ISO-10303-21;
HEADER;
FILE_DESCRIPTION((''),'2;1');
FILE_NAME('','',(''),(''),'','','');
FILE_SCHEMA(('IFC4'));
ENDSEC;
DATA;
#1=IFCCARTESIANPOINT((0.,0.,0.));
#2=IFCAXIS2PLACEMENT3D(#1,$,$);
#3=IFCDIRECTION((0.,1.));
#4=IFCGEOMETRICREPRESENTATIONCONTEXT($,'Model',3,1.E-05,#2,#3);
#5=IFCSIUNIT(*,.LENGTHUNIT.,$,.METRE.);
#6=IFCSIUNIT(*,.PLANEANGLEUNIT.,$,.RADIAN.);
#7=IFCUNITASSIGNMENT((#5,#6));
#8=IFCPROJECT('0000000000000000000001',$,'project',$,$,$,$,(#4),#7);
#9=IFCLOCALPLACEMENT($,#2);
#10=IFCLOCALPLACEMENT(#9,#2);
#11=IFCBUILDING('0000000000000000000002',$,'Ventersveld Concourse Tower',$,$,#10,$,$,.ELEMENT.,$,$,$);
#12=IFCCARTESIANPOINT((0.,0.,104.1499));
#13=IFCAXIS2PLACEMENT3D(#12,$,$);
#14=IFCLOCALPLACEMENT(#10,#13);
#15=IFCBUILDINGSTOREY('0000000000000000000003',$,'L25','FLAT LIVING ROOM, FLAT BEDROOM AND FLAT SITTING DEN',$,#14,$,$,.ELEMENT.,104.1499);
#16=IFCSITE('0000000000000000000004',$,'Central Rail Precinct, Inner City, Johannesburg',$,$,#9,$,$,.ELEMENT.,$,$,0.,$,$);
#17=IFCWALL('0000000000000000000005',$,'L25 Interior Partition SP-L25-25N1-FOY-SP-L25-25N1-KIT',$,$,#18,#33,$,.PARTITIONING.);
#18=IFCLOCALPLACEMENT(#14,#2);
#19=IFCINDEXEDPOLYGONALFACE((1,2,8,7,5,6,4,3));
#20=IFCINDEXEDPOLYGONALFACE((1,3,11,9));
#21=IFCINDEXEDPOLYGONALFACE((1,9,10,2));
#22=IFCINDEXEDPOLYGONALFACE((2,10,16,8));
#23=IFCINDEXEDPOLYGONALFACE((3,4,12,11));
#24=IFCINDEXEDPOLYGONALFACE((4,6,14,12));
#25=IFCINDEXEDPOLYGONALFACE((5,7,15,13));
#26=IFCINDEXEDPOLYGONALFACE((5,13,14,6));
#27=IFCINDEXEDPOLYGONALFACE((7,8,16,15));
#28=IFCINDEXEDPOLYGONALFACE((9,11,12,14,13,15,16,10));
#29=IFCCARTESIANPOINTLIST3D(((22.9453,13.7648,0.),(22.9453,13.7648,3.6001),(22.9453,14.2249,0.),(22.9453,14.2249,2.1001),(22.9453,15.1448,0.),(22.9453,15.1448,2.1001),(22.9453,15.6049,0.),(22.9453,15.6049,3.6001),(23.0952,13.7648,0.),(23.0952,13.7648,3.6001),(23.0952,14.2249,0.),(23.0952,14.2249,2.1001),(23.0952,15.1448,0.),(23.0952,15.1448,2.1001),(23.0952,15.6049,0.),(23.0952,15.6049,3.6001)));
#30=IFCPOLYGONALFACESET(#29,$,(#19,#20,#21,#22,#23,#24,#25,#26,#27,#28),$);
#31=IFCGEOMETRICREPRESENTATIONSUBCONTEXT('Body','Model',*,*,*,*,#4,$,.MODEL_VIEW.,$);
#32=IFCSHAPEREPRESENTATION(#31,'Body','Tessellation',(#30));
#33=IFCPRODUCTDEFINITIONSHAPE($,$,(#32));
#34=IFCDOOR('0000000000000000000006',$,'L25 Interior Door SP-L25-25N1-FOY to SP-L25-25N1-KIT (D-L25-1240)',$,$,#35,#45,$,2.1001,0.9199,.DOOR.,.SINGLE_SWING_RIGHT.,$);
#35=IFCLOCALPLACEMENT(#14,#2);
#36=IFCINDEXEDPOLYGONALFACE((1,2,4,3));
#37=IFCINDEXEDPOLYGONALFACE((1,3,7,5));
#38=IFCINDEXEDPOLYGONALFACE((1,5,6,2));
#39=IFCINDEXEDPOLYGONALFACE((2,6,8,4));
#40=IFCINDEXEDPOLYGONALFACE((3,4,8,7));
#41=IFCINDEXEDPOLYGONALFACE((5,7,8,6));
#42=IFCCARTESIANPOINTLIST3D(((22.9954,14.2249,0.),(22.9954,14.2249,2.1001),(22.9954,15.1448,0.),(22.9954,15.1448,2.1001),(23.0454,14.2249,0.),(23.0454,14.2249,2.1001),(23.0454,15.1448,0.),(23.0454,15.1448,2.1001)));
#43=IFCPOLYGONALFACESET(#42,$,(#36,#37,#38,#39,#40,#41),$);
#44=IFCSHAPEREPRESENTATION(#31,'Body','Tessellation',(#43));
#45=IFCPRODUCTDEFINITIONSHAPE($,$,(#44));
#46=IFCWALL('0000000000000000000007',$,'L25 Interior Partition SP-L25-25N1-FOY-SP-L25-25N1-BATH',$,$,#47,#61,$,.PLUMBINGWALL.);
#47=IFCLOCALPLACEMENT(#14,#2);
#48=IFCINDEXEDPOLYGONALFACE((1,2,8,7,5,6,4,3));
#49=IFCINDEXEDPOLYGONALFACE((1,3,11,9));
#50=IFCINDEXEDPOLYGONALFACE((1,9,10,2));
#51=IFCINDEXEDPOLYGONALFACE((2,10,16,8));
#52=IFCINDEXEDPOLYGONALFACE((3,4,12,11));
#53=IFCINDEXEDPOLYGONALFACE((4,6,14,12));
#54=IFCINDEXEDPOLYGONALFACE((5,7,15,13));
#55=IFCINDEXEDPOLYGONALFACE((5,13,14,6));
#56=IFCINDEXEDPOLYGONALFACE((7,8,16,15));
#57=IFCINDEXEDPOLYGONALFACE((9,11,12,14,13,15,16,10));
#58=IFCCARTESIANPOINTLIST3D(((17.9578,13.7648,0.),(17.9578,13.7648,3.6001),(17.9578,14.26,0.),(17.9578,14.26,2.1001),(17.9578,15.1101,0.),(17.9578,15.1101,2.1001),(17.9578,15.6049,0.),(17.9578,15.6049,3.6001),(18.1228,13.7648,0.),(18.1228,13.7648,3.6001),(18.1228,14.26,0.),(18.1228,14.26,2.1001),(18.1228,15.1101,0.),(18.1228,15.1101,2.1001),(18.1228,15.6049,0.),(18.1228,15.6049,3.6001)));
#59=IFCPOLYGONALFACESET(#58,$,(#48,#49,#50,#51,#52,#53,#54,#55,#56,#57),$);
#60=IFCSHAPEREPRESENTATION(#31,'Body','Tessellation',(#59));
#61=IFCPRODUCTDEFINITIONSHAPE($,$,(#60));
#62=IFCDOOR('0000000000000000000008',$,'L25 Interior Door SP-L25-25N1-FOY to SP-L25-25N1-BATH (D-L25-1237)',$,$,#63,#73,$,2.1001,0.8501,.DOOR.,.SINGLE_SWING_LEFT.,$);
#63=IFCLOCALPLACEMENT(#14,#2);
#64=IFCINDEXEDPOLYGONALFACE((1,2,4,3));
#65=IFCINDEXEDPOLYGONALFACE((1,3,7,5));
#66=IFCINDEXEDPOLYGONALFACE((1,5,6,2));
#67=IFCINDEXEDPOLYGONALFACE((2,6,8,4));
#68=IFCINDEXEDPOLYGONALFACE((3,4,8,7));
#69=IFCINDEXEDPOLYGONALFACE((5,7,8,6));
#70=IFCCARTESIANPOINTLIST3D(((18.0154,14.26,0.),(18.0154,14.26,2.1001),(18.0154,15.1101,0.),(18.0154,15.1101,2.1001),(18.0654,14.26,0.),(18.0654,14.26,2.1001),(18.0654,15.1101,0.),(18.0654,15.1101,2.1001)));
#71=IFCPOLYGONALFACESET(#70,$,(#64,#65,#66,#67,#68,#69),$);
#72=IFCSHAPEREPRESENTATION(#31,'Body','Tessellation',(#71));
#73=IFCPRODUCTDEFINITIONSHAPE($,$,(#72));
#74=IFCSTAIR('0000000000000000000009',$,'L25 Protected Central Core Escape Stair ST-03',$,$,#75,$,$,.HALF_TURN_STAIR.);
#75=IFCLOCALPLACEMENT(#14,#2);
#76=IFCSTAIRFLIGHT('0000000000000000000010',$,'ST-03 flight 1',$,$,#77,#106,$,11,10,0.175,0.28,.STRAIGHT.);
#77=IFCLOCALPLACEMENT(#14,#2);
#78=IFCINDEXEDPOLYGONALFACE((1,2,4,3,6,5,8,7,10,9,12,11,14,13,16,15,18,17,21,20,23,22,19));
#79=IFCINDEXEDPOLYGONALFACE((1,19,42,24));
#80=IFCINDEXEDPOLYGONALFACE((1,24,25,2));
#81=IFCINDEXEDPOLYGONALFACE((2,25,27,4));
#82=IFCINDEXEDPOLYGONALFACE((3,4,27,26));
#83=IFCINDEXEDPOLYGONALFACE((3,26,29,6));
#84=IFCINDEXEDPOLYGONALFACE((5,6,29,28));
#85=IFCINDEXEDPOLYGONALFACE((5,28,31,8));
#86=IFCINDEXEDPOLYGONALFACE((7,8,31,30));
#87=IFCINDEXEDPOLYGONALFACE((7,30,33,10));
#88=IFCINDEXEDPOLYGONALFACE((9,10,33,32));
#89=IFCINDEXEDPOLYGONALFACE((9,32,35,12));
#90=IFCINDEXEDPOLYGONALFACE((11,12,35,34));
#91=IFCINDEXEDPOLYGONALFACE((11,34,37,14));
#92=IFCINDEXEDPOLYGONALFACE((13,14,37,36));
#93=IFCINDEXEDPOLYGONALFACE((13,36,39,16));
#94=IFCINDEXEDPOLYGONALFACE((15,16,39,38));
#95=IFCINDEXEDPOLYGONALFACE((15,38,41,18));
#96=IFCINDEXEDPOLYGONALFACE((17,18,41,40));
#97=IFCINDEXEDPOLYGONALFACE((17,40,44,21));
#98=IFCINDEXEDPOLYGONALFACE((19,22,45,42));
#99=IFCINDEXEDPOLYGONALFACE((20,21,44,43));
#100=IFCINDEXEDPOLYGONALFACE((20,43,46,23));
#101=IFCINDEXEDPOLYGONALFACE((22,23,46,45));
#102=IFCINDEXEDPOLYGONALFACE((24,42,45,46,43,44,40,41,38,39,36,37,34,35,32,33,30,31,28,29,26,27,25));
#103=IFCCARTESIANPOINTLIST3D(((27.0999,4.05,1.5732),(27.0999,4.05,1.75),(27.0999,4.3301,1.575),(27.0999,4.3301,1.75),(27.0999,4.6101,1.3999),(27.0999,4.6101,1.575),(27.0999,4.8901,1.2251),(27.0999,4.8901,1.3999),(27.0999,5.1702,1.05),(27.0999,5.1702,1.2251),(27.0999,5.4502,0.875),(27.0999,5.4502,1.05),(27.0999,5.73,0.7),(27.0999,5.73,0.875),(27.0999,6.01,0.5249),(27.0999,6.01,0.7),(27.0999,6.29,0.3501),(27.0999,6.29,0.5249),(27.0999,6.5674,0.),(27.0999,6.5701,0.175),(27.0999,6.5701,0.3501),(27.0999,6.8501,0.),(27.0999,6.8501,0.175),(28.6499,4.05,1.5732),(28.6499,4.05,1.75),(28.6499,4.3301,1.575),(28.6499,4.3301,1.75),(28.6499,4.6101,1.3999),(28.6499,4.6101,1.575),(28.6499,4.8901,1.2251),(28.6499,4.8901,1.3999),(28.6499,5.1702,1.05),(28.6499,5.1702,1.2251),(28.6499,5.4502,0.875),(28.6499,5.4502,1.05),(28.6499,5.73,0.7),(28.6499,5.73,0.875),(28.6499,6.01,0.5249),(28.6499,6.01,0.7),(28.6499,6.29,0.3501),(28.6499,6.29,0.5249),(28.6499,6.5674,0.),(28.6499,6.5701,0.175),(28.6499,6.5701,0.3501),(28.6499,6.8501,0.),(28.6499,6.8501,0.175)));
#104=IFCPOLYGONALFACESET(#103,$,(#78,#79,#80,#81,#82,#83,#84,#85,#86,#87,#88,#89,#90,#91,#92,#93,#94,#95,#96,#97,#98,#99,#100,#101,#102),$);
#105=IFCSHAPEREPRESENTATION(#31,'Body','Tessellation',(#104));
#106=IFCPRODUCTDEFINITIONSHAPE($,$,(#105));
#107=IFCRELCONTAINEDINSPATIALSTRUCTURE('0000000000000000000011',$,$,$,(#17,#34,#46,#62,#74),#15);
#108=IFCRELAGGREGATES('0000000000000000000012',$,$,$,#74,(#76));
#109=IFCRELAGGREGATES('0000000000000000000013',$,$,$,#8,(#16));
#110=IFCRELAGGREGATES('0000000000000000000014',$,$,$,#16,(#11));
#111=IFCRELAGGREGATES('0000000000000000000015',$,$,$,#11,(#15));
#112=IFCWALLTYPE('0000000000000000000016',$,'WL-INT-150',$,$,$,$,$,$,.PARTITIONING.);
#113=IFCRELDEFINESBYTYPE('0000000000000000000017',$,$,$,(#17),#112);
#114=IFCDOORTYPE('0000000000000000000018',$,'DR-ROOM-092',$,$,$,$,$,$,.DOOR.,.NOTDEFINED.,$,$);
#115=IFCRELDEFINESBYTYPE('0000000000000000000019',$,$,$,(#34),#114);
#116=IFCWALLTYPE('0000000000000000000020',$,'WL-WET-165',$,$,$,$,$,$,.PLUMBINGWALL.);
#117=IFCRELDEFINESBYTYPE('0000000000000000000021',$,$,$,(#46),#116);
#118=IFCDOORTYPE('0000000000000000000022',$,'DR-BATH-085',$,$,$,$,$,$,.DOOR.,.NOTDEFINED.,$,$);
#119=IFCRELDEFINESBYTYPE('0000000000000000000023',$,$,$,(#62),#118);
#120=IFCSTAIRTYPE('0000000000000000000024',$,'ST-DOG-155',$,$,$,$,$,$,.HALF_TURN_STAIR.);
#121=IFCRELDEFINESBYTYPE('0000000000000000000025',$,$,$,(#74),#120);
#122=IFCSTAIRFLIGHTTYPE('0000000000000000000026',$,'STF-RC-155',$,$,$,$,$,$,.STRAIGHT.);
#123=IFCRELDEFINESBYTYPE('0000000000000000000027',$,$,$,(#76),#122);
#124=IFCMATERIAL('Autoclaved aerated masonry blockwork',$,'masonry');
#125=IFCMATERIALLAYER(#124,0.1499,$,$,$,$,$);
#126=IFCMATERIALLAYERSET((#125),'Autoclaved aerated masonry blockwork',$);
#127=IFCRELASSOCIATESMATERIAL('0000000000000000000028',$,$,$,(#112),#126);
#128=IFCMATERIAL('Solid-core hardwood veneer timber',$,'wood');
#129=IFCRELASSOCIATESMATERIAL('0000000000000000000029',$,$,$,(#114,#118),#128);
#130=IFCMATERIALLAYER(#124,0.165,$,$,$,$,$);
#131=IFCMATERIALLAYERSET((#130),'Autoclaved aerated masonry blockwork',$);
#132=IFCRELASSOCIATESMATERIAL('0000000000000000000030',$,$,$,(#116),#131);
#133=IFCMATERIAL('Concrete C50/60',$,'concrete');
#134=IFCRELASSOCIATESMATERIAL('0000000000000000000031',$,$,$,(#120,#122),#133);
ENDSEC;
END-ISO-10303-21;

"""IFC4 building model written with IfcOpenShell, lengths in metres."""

from ifc_helpers import new_model, si_unit, direction, frame, frame_2d, origin, place, context, subcontext, project, spatial, polyline, rectangle, outline, extrude, material, layer, layer_set, type_object, element, fill, aggregate, save


model = new_model("IFC4")

# Units and contexts
model_context = context("Model", 3, precision=1e-05, world=origin(), true_north=direction((0.0, 1.0)))
body_context = subcontext(model_context, "Body", "Model", "MODEL_VIEW")
ifc_project = project(units=[si_unit("LENGTHUNIT", "METRE"), si_unit("PLANEANGLEUNIT", "RADIAN")], contexts=[model_context])

# Site, building, storey
site_placement = place(None, origin())
site = spatial("IfcSite", under=ifc_project, at=site_placement, Name="Central Rail Precinct, Inner City, Johannesburg", CompositionType="ELEMENT", RefElevation=0.0)
building_placement = place(site_placement, origin())
building = spatial("IfcBuilding", under=site, at=building_placement, Name="Ventersveld Concourse Tower", CompositionType="ELEMENT")
storey_placement = place(building_placement, frame((0.0, 0.0, 104.1499)))
storey = spatial("IfcBuildingStorey", under=building, at=storey_placement, Name="L25", Description="FLAT LIVING ROOM, FLAT BEDROOM AND FLAT SITTING DEN", CompositionType="ELEMENT", Elevation=104.1499)

# Shared definitions
ifc_material_1 = material(Name="Concrete C50/60", Category="concrete")

# Walls, openings, doors
ifc_material_2 = material(Name="Autoclaved aerated masonry blockwork", Category="masonry")
ifc_layer_1 = layer(ifc_material_2, 0.1499)
ifc_layer_set_1 = layer_set([ifc_layer_1], Name="Autoclaved aerated masonry blockwork")
wall_type_1 = type_object("IfcWallType", Name="WL-INT-150", PredefinedType="PARTITIONING", material=ifc_layer_set_1)
wall_1_placement = place(storey_placement, frame((23.0203, 13.7649, 0.0), z_axis=(0.0, 0.0, 1.0), x_axis=(0.0, 1.0, 0.0)))
wall_1 = element("IfcWall", 1, at=wall_1_placement, inside=storey, type_object=wall_type_1, Name="L25 Interior Partition SP-L25-25N1-FOY-SP-L25-25N1-KIT", PredefinedType="PARTITIONING", context=body_context, shape_type="SweptSolid", body=[
    extrude(rectangle(XDim=1.8401, YDim=0.1499, at=frame_2d((0.9199, 0.0))), origin(), (0.0, 0.0, 1.0), 3.6001),
])
opening_1_placement = place(wall_1_placement, frame((0.46, 0.0, 0.0)))
opening_1 = element("IfcOpeningElement", 2, at=opening_1_placement, cuts=wall_1, PredefinedType="OPENING", context=body_context, shape_type="SweptSolid", body=[
    extrude(rectangle(XDim=0.9199, YDim=2.1001, at=frame_2d((0.46, 1.05))), frame((0.0, 0.085, 0.0), z_axis=(0.0, -1.0, 0.0), x_axis=(1.0, 0.0, 0.0)), (0.0, 0.0, 1.0), 0.1699),
])
ifc_material_3 = material(Name="Solid-core hardwood veneer timber", Category="wood")
door_type_1 = type_object("IfcDoorType", Name="DR-ROOM-092", OperationType="NOTDEFINED", PredefinedType="DOOR", material=ifc_material_3)
door_1_placement = place(opening_1_placement, origin())
door_1 = element("IfcDoor", 3, at=door_1_placement, inside=storey, type_object=door_type_1, Name="L25 Interior Door SP-L25-25N1-FOY to SP-L25-25N1-KIT (D-L25-1240)", OperationType="SINGLE_SWING_RIGHT", OverallHeight=2.1001, OverallWidth=0.9199, PredefinedType="DOOR", context=body_context, shape_type="SweptSolid", body=[
    extrude(rectangle(XDim=0.9199, YDim=2.1001, at=frame_2d((0.46, 1.05))), frame((0.0, 0.0249, 0.0), z_axis=(0.0, -1.0, 0.0), x_axis=(1.0, 0.0, 0.0)), (0.0, 0.0, 1.0), 0.05),
])
fill(opening_1, door_1)
ifc_layer_2 = layer(ifc_material_2, 0.165)
ifc_layer_set_2 = layer_set([ifc_layer_2], Name="Autoclaved aerated masonry blockwork")
wall_type_2 = type_object("IfcWallType", Name="WL-WET-165", PredefinedType="PLUMBINGWALL", material=ifc_layer_set_2)
wall_2_placement = place(storey_placement, frame((18.0403, 13.7649, 0.0), z_axis=(0.0, 0.0, 1.0), x_axis=(0.0, 1.0, 0.0)))
wall_2 = element("IfcWall", 4, at=wall_2_placement, inside=storey, type_object=wall_type_2, Name="L25 Interior Partition SP-L25-25N1-FOY-SP-L25-25N1-BATH", PredefinedType="PLUMBINGWALL", context=body_context, shape_type="SweptSolid", body=[
    extrude(rectangle(XDim=1.8401, YDim=0.165, at=frame_2d((0.9199, 0.0))), origin(), (0.0, 0.0, 1.0), 3.6001),
])
opening_2_placement = place(wall_2_placement, frame((0.4951, 0.0, 0.0)))
opening_2 = element("IfcOpeningElement", 5, at=opening_2_placement, cuts=wall_2, PredefinedType="OPENING", context=body_context, shape_type="SweptSolid", body=[
    extrude(rectangle(XDim=0.8501, YDim=2.1001, at=frame_2d((0.425, 1.05))), frame((0.0, 0.0925, 0.0), z_axis=(0.0, -1.0, 0.0), x_axis=(1.0, 0.0, 0.0)), (0.0, 0.0, 1.0), 0.1851),
])
door_type_2 = type_object("IfcDoorType", Name="DR-BATH-085", OperationType="NOTDEFINED", PredefinedType="DOOR", material=ifc_material_3)
door_2_placement = place(opening_2_placement, origin())
door_2 = element("IfcDoor", 6, at=door_2_placement, inside=storey, type_object=door_type_2, Name="L25 Interior Door SP-L25-25N1-FOY to SP-L25-25N1-BATH (D-L25-1237)", OperationType="SINGLE_SWING_LEFT", OverallHeight=2.1001, OverallWidth=0.8501, PredefinedType="DOOR", context=body_context, shape_type="SweptSolid", body=[
    extrude(rectangle(XDim=0.8501, YDim=2.1001, at=frame_2d((0.425, 1.05))), frame((0.0, 0.0249, 0.0), z_axis=(0.0, -1.0, 0.0), x_axis=(1.0, 0.0, 0.0)), (0.0, 0.0, 1.0), 0.05),
])
fill(opening_2, door_2)

# Stair, stair flight
stair_type = type_object("IfcStairType", Name="ST-DOG-155", PredefinedType="HALF_TURN_STAIR", material=ifc_material_1)
stair_placement = place(storey_placement, origin())
stair = element("IfcStair", 7, at=stair_placement, inside=storey, type_object=stair_type, Name="L25 Protected Central Core Escape Stair ST-03", PredefinedType="HALF_TURN_STAIR")
stair_flight_type = type_object("IfcStairFlightType", Name="STF-RC-155", PredefinedType="STRAIGHT", material=ifc_material_1)
stair_flight_placement = place(storey_placement, frame((27.875, 6.8501, 0.0), z_axis=(0.0, 0.0, 1.0), x_axis=(0.0, -1.0, 0.0)))
stair_flight = element("IfcStairFlight", 8, at=stair_flight_placement, type_object=stair_flight_type, Name="ST-03 flight 1", NumberOfRisers=11, NumberOfTreads=10, PredefinedType="STRAIGHT", RiserHeight=0.175, TreadLength=0.28, context=body_context, shape_type="SweptSolid", body=[
    extrude(outline(polyline([(0.0, 0.0), (0.0, 0.175), (0.28, 0.175), (0.28, 0.3501), (0.5601, 0.3501), (0.5601, 0.5249), (0.8401, 0.5249), (0.8401, 0.7), (1.1201, 0.7), (1.1201, 0.875), (1.3999, 0.875), (1.3999, 1.05), (1.6799, 1.05), (1.6799, 1.2251), (1.96, 1.2251), (1.96, 1.3999), (2.24, 1.3999), (2.24, 1.575), (2.52, 1.575), (2.52, 1.75), (2.8, 1.75), (2.8, 1.925), (2.8, 1.5732), (0.2827, 0.0), (0.0, 0.0)])), frame((0.0, 0.7749, 0.0), z_axis=(0.0, -1.0, 0.0), x_axis=(1.0, 0.0, 0.0)), (0.0, 0.0, 1.0), 1.55),
])
aggregate(stair, [stair_flight])

save(model, "model.ifc")
